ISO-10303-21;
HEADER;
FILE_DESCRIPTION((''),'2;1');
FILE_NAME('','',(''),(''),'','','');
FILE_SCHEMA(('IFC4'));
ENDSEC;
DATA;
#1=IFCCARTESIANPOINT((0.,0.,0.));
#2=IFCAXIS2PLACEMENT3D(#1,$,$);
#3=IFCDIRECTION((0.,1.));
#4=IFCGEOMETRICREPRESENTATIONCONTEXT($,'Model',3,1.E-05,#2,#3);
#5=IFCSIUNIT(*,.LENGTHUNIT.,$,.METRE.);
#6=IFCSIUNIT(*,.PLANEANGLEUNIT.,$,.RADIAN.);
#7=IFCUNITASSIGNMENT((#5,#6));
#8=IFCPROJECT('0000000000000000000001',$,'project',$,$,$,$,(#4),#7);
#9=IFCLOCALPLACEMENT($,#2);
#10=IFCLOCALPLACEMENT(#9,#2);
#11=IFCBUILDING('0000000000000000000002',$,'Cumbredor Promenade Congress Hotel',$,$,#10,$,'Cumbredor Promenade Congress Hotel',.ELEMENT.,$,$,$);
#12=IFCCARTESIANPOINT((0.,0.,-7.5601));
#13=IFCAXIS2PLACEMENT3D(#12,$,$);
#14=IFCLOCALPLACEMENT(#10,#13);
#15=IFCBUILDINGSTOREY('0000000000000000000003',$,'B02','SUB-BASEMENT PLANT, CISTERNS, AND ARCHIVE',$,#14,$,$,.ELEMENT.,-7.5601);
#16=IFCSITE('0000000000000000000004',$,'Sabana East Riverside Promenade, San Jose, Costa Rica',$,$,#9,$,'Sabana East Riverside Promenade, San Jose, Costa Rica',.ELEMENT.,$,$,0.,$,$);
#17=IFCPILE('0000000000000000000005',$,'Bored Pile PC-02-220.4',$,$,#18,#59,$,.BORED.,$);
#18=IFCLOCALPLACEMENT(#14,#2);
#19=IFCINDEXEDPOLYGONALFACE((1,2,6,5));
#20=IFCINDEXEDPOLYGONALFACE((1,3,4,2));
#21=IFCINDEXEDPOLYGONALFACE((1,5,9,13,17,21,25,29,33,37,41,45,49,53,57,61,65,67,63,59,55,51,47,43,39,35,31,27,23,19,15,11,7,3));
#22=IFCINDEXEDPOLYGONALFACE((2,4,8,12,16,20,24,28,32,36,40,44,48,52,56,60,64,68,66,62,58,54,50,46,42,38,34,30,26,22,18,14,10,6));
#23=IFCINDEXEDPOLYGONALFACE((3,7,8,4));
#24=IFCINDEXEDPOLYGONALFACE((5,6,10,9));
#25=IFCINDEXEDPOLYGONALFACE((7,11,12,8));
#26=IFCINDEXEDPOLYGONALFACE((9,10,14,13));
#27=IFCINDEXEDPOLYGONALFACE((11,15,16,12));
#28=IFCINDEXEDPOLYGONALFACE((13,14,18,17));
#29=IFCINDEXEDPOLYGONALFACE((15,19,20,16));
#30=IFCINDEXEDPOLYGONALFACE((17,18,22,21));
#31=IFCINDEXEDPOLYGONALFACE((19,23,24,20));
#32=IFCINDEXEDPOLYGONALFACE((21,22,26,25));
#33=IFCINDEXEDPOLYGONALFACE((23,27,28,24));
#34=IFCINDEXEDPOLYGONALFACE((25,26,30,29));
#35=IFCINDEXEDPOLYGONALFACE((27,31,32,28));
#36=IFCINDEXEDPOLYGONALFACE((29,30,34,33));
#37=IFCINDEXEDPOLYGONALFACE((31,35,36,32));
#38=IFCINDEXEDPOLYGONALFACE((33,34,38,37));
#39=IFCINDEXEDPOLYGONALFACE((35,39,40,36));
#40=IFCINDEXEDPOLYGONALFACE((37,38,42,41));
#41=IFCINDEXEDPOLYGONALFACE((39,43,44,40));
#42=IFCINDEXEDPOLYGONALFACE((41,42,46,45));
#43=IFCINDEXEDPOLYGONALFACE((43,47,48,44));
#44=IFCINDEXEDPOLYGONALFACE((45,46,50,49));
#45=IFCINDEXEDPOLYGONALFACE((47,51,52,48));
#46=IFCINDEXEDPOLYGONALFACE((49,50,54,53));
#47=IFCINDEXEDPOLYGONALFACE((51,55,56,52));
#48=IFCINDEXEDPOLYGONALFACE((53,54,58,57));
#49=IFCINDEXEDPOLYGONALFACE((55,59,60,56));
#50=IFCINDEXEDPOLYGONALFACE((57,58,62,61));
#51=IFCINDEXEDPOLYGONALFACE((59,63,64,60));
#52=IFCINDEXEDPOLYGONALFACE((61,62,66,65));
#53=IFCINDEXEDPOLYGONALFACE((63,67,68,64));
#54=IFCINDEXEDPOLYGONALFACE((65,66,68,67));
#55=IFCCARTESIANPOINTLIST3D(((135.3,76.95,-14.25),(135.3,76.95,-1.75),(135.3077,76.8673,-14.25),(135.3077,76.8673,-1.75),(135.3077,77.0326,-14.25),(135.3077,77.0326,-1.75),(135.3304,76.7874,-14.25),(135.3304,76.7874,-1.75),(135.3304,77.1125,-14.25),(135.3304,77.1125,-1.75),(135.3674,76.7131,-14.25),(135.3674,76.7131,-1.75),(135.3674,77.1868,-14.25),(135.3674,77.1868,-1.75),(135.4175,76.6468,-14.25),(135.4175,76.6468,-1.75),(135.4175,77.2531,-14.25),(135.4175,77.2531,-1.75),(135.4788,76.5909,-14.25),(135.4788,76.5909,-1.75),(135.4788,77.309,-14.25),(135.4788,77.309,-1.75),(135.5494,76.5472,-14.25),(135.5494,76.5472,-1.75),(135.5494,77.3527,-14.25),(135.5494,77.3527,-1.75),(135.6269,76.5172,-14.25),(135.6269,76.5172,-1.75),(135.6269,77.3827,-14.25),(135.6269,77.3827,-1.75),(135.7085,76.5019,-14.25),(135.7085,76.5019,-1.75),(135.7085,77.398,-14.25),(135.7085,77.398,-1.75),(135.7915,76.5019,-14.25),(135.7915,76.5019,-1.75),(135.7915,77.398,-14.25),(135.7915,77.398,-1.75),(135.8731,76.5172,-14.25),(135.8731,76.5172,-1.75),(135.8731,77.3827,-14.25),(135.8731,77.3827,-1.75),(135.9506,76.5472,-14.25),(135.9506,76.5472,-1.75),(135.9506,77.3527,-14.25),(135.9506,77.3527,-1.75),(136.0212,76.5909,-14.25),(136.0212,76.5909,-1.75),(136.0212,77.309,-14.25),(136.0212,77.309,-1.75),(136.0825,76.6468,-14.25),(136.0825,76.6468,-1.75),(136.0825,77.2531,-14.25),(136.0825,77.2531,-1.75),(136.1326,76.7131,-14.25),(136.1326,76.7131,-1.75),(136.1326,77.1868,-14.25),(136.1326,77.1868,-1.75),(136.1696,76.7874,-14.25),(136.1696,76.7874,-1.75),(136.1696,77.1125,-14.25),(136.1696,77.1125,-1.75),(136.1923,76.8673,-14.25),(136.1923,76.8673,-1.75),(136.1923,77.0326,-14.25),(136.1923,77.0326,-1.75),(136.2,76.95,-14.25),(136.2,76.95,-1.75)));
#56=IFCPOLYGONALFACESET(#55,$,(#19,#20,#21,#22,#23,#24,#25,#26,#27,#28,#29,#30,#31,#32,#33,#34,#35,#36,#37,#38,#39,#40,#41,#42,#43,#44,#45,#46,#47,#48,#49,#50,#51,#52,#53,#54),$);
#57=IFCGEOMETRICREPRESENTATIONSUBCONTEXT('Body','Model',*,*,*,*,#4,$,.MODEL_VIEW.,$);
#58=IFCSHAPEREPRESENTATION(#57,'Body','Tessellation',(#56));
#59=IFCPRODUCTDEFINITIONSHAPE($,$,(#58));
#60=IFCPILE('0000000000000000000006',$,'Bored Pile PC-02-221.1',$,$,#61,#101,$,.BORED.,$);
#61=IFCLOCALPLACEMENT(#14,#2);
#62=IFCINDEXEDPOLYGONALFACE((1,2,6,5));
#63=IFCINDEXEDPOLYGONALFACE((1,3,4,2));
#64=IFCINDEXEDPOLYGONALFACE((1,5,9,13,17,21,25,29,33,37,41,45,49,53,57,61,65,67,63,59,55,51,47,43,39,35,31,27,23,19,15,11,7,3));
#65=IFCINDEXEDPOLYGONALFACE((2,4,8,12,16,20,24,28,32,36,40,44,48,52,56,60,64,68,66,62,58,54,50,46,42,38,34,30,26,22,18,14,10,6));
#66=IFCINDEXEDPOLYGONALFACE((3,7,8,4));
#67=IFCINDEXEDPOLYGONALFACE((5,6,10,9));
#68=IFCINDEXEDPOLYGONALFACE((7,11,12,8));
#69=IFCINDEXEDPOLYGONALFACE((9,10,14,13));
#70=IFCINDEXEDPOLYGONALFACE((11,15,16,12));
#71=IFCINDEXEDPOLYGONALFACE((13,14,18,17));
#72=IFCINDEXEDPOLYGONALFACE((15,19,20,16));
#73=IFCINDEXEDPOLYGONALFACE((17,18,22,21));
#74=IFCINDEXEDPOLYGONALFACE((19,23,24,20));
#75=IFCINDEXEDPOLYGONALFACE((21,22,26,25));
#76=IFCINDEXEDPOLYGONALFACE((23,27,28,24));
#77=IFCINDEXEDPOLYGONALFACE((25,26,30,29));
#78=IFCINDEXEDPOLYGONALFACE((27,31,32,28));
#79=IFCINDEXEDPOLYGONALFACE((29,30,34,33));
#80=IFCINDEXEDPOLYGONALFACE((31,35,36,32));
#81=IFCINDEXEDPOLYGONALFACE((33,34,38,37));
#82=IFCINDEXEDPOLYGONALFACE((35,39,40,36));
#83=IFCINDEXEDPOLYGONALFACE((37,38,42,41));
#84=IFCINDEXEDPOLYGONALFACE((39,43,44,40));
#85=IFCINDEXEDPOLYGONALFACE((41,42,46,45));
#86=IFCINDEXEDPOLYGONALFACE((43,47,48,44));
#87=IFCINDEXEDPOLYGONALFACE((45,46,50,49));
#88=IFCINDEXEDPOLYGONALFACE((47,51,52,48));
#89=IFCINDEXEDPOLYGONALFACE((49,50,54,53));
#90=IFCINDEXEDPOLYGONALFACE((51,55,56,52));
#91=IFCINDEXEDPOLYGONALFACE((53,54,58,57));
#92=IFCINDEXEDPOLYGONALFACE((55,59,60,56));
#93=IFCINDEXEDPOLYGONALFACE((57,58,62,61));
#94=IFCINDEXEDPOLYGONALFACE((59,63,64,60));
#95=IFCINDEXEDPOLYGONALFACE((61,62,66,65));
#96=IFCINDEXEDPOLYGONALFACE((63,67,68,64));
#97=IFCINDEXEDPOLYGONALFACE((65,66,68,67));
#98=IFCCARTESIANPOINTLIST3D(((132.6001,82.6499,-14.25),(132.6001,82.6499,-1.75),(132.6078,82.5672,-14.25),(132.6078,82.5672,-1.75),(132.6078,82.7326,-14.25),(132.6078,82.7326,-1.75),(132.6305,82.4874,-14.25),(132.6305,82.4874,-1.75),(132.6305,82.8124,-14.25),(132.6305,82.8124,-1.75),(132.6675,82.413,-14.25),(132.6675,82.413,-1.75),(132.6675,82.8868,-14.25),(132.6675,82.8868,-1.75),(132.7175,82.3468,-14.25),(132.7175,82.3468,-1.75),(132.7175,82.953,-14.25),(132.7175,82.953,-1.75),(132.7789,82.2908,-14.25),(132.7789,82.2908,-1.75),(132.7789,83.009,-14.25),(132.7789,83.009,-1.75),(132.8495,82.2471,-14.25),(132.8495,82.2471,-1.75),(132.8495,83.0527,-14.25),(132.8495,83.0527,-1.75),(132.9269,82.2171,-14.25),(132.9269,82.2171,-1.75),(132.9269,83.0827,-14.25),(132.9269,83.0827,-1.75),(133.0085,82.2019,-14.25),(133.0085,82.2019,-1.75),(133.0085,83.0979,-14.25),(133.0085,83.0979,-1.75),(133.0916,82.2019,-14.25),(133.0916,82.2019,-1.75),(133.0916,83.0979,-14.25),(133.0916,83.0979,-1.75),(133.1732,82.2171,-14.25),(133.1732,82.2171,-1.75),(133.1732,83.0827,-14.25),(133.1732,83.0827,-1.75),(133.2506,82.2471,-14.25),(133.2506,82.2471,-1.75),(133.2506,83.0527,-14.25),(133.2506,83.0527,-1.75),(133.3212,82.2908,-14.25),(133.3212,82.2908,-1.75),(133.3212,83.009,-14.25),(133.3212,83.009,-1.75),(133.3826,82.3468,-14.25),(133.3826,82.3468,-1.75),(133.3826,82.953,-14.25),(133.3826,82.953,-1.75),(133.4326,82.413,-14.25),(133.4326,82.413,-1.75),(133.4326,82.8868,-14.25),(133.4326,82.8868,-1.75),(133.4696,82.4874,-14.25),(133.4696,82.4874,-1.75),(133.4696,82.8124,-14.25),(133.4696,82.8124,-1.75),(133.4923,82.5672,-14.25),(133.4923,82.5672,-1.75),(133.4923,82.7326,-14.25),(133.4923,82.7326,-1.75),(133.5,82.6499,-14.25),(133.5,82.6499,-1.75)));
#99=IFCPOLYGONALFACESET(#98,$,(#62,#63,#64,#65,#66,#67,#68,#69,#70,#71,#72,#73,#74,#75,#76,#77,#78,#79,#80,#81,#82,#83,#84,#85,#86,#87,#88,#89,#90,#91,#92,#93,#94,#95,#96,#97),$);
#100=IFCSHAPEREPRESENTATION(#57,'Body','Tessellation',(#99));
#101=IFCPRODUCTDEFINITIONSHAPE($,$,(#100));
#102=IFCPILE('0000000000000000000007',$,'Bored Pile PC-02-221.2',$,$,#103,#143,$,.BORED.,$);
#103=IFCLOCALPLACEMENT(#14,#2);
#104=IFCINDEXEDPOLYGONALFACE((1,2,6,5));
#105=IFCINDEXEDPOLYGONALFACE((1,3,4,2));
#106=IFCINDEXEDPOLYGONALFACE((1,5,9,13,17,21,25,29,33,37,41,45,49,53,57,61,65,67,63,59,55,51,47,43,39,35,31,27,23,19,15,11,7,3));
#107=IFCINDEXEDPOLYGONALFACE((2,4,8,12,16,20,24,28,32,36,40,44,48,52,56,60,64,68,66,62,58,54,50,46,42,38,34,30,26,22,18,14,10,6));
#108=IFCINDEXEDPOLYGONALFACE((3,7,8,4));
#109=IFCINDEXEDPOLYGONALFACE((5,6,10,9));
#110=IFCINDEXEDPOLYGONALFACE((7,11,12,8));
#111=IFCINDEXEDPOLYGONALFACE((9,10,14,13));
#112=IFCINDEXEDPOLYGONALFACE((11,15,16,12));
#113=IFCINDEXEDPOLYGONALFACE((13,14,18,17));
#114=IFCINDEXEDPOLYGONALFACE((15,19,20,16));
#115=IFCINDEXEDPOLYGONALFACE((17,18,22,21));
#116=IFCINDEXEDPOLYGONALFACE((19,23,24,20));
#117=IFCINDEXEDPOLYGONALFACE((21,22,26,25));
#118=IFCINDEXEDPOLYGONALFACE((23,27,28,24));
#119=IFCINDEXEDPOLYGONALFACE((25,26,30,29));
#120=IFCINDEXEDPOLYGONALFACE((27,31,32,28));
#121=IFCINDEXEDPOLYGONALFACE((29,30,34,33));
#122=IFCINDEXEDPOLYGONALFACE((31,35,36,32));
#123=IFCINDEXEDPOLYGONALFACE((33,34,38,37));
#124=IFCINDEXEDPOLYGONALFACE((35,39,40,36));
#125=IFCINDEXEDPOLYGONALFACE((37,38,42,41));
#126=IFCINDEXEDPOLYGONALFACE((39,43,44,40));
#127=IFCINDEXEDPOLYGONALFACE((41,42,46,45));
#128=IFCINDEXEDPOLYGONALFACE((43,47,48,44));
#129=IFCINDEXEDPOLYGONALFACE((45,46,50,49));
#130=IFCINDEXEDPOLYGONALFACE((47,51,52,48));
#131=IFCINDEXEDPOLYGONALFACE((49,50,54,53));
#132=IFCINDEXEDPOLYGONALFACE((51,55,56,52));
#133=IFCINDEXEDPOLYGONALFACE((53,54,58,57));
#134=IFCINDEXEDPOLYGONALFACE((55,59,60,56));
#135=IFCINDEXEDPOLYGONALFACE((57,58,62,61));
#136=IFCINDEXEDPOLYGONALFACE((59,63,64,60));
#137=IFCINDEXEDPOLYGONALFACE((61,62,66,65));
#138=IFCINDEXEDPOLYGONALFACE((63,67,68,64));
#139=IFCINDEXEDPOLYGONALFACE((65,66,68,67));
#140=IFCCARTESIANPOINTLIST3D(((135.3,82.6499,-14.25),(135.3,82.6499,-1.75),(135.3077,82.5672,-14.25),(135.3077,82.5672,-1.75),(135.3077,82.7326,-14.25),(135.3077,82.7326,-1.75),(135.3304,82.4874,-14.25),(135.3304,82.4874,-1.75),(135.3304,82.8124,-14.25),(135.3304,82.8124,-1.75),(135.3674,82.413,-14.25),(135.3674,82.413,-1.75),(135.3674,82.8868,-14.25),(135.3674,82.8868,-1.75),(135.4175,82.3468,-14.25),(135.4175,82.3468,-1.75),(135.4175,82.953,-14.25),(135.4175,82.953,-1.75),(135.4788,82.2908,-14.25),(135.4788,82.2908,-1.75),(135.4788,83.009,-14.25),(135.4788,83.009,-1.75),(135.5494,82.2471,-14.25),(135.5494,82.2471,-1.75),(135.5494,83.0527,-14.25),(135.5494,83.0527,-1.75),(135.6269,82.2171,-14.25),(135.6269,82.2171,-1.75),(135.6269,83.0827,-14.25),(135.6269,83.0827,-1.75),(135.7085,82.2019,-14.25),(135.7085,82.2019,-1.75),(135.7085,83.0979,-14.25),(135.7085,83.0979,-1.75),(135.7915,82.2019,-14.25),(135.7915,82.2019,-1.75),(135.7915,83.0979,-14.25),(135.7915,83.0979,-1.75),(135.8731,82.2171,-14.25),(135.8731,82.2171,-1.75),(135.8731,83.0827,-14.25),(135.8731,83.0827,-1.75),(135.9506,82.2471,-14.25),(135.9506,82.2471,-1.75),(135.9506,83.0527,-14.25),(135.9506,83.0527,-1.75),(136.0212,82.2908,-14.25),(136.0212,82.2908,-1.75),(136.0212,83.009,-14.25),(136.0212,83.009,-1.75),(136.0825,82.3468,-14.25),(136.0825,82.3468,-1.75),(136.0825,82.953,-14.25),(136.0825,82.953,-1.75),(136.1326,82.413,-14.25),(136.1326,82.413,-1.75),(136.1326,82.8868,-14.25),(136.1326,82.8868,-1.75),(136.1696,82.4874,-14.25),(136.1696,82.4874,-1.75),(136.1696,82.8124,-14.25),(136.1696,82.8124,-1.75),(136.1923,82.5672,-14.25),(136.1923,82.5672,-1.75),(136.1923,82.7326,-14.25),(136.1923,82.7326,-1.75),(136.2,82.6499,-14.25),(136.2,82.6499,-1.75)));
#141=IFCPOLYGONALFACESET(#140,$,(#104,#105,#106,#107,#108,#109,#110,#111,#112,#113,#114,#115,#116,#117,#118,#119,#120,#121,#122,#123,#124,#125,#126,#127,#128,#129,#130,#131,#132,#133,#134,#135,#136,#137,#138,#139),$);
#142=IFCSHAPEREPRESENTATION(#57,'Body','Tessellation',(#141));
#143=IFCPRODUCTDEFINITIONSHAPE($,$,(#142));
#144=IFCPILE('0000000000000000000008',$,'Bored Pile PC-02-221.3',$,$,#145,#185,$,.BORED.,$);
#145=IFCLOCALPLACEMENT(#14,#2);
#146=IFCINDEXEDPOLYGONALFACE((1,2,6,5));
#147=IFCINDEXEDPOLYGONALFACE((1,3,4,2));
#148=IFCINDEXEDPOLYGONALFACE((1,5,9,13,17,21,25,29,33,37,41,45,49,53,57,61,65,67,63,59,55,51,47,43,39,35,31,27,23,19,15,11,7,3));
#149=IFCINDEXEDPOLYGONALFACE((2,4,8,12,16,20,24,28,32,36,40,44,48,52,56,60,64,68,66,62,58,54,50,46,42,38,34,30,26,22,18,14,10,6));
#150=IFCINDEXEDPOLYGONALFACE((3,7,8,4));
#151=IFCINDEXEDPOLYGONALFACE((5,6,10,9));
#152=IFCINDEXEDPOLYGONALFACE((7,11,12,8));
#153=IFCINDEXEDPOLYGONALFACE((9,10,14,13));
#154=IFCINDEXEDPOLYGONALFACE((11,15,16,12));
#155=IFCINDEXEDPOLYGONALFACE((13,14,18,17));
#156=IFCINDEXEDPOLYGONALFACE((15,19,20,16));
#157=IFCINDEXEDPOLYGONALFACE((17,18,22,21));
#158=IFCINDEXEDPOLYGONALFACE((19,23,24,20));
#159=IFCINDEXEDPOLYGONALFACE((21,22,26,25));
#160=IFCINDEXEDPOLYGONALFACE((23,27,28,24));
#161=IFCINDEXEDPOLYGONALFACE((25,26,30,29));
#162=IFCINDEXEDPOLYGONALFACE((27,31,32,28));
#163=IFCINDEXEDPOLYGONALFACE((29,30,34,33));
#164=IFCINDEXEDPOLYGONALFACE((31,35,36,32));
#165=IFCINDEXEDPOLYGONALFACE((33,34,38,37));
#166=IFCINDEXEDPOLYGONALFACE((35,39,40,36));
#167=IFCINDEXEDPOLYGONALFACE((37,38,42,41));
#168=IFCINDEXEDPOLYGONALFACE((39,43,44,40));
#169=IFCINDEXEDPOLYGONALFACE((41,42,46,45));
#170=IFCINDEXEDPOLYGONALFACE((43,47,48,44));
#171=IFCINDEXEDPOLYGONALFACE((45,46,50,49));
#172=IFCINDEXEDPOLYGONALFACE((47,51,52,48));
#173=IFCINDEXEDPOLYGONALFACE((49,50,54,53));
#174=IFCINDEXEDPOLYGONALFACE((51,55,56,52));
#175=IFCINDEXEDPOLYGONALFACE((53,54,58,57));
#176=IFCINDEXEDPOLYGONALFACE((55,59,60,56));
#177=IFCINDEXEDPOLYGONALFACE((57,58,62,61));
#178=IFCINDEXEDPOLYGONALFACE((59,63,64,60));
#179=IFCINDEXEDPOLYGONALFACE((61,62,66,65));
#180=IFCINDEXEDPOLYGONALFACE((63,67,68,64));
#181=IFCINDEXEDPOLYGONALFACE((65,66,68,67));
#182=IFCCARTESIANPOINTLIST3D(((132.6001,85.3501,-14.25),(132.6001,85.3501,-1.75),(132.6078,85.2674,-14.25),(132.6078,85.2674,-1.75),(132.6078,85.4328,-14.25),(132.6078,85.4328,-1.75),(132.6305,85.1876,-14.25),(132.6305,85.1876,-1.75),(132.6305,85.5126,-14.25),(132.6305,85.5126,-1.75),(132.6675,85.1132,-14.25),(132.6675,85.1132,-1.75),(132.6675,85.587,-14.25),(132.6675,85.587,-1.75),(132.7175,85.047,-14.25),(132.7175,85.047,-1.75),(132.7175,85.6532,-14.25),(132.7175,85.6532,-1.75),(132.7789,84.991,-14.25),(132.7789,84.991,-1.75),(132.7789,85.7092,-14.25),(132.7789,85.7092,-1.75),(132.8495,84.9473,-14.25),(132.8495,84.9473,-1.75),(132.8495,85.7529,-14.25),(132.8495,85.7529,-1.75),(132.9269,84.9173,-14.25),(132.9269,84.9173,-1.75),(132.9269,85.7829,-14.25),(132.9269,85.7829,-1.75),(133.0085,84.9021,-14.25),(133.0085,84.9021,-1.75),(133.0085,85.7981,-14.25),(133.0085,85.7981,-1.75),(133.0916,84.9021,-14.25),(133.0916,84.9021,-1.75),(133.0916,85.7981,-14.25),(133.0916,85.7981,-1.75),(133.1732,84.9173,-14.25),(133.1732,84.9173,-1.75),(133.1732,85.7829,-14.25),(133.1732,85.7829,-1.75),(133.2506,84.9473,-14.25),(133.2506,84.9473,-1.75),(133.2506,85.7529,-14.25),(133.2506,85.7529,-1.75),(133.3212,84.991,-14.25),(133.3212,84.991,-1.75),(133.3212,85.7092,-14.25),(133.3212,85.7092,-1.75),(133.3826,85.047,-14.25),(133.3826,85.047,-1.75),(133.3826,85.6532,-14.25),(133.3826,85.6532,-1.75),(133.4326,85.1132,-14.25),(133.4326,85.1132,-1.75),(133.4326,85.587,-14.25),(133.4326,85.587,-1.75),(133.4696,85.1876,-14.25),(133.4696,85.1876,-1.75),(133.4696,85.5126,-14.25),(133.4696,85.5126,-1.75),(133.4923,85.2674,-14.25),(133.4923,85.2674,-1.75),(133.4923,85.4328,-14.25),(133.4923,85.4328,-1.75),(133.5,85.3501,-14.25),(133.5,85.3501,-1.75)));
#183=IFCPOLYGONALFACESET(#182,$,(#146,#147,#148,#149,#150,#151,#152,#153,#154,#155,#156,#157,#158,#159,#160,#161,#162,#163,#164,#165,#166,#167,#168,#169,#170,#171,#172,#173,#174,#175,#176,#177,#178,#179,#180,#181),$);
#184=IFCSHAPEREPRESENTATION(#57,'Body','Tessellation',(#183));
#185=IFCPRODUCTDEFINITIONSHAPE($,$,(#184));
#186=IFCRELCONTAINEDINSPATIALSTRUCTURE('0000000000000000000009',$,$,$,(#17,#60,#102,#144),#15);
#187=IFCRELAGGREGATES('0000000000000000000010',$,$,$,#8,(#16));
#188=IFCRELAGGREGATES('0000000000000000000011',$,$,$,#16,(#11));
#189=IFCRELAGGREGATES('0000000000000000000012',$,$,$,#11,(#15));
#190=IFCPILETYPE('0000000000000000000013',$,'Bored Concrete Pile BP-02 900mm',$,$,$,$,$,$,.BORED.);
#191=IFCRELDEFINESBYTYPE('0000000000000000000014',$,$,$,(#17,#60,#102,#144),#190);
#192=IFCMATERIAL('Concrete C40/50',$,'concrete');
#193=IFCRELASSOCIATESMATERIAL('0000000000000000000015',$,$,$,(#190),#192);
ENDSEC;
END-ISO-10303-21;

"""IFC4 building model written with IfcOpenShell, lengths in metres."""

from ifc_helpers import new_model, si_unit, direction, frame, origin, origin_2d, place, context, subcontext, project, spatial, circle, extrude, material, material_profile, profile_set, type_object, element, save


model = new_model("IFC4")

# Units and contexts
model_context = context("Model", 3, precision=1e-05, world=origin(), true_north=direction((0.0, 1.0)))
body_context = subcontext(model_context, "Body", "Model", "MODEL_VIEW")
ifc_project = project(units=[si_unit("LENGTHUNIT", "METRE"), si_unit("PLANEANGLEUNIT", "RADIAN")], contexts=[model_context])

# Site, building, storey
site_placement = place(None, origin())
site = spatial("IfcSite", under=ifc_project, at=site_placement, Name="Sabana East Riverside Promenade, San Jose, Costa Rica", LongName="Sabana East Riverside Promenade, San Jose, Costa Rica", CompositionType="ELEMENT", RefElevation=0.0)
building_placement = place(site_placement, origin())
building = spatial("IfcBuilding", under=site, at=building_placement, Name="Cumbredor Promenade Congress Hotel", LongName="Cumbredor Promenade Congress Hotel", CompositionType="ELEMENT")
storey_placement = place(building_placement, frame((0.0, 0.0, -7.5601)))
storey = spatial("IfcBuildingStorey", under=building, at=storey_placement, Name="B02", Description="SUB-BASEMENT PLANT, CISTERNS, AND ARCHIVE", CompositionType="ELEMENT", Elevation=-7.5601)

# Piles
ifc_material_1 = material(Name="Concrete C40/50", Category="concrete")
ifc_material_profile_1 = material_profile(ifc_material_1, circle(Radius=0.45, at=origin_2d()), Name="PILE D900")
ifc_profile_set_1 = profile_set([ifc_material_profile_1], Name="Concrete C40/50")
pile_type = type_object("IfcPileType", Name="Bored Concrete Pile BP-02 900mm", PredefinedType="BORED", material=ifc_profile_set_1)
for number, where, z_axis, x_axis, name in (
    (1, (135.75, 76.95, -1.75), (0.0, 0.0, -1.0), (1.0, 0.0, 0.0), "Bored Pile PC-02-220.4"),
    (2, (133.05, 82.6499, -1.75), (0.0, 0.0, -1.0), (1.0, 0.0, 0.0), "Bored Pile PC-02-221.1"),
    (3, (135.75, 82.6499, -1.75), (0.0, 0.0, -1.0), (1.0, 0.0, 0.0), "Bored Pile PC-02-221.2"),
    (4, (133.05, 85.3501, -1.75), (0.0, 0.0, -1.0), (1.0, 0.0, 0.0), "Bored Pile PC-02-221.3"),
):
    element("IfcPile", number, at=place(storey_placement, frame(where, z_axis=z_axis, x_axis=x_axis)), inside=storey, type_object=pile_type, Name=name, PredefinedType="BORED", context=body_context, shape_type="SweptSolid", body=[
        extrude(circle(Radius=0.45, at=origin_2d()), origin(), (0.0, 0.0, 1.0), 12.5),
    ])

save(model, "model.ifc")
